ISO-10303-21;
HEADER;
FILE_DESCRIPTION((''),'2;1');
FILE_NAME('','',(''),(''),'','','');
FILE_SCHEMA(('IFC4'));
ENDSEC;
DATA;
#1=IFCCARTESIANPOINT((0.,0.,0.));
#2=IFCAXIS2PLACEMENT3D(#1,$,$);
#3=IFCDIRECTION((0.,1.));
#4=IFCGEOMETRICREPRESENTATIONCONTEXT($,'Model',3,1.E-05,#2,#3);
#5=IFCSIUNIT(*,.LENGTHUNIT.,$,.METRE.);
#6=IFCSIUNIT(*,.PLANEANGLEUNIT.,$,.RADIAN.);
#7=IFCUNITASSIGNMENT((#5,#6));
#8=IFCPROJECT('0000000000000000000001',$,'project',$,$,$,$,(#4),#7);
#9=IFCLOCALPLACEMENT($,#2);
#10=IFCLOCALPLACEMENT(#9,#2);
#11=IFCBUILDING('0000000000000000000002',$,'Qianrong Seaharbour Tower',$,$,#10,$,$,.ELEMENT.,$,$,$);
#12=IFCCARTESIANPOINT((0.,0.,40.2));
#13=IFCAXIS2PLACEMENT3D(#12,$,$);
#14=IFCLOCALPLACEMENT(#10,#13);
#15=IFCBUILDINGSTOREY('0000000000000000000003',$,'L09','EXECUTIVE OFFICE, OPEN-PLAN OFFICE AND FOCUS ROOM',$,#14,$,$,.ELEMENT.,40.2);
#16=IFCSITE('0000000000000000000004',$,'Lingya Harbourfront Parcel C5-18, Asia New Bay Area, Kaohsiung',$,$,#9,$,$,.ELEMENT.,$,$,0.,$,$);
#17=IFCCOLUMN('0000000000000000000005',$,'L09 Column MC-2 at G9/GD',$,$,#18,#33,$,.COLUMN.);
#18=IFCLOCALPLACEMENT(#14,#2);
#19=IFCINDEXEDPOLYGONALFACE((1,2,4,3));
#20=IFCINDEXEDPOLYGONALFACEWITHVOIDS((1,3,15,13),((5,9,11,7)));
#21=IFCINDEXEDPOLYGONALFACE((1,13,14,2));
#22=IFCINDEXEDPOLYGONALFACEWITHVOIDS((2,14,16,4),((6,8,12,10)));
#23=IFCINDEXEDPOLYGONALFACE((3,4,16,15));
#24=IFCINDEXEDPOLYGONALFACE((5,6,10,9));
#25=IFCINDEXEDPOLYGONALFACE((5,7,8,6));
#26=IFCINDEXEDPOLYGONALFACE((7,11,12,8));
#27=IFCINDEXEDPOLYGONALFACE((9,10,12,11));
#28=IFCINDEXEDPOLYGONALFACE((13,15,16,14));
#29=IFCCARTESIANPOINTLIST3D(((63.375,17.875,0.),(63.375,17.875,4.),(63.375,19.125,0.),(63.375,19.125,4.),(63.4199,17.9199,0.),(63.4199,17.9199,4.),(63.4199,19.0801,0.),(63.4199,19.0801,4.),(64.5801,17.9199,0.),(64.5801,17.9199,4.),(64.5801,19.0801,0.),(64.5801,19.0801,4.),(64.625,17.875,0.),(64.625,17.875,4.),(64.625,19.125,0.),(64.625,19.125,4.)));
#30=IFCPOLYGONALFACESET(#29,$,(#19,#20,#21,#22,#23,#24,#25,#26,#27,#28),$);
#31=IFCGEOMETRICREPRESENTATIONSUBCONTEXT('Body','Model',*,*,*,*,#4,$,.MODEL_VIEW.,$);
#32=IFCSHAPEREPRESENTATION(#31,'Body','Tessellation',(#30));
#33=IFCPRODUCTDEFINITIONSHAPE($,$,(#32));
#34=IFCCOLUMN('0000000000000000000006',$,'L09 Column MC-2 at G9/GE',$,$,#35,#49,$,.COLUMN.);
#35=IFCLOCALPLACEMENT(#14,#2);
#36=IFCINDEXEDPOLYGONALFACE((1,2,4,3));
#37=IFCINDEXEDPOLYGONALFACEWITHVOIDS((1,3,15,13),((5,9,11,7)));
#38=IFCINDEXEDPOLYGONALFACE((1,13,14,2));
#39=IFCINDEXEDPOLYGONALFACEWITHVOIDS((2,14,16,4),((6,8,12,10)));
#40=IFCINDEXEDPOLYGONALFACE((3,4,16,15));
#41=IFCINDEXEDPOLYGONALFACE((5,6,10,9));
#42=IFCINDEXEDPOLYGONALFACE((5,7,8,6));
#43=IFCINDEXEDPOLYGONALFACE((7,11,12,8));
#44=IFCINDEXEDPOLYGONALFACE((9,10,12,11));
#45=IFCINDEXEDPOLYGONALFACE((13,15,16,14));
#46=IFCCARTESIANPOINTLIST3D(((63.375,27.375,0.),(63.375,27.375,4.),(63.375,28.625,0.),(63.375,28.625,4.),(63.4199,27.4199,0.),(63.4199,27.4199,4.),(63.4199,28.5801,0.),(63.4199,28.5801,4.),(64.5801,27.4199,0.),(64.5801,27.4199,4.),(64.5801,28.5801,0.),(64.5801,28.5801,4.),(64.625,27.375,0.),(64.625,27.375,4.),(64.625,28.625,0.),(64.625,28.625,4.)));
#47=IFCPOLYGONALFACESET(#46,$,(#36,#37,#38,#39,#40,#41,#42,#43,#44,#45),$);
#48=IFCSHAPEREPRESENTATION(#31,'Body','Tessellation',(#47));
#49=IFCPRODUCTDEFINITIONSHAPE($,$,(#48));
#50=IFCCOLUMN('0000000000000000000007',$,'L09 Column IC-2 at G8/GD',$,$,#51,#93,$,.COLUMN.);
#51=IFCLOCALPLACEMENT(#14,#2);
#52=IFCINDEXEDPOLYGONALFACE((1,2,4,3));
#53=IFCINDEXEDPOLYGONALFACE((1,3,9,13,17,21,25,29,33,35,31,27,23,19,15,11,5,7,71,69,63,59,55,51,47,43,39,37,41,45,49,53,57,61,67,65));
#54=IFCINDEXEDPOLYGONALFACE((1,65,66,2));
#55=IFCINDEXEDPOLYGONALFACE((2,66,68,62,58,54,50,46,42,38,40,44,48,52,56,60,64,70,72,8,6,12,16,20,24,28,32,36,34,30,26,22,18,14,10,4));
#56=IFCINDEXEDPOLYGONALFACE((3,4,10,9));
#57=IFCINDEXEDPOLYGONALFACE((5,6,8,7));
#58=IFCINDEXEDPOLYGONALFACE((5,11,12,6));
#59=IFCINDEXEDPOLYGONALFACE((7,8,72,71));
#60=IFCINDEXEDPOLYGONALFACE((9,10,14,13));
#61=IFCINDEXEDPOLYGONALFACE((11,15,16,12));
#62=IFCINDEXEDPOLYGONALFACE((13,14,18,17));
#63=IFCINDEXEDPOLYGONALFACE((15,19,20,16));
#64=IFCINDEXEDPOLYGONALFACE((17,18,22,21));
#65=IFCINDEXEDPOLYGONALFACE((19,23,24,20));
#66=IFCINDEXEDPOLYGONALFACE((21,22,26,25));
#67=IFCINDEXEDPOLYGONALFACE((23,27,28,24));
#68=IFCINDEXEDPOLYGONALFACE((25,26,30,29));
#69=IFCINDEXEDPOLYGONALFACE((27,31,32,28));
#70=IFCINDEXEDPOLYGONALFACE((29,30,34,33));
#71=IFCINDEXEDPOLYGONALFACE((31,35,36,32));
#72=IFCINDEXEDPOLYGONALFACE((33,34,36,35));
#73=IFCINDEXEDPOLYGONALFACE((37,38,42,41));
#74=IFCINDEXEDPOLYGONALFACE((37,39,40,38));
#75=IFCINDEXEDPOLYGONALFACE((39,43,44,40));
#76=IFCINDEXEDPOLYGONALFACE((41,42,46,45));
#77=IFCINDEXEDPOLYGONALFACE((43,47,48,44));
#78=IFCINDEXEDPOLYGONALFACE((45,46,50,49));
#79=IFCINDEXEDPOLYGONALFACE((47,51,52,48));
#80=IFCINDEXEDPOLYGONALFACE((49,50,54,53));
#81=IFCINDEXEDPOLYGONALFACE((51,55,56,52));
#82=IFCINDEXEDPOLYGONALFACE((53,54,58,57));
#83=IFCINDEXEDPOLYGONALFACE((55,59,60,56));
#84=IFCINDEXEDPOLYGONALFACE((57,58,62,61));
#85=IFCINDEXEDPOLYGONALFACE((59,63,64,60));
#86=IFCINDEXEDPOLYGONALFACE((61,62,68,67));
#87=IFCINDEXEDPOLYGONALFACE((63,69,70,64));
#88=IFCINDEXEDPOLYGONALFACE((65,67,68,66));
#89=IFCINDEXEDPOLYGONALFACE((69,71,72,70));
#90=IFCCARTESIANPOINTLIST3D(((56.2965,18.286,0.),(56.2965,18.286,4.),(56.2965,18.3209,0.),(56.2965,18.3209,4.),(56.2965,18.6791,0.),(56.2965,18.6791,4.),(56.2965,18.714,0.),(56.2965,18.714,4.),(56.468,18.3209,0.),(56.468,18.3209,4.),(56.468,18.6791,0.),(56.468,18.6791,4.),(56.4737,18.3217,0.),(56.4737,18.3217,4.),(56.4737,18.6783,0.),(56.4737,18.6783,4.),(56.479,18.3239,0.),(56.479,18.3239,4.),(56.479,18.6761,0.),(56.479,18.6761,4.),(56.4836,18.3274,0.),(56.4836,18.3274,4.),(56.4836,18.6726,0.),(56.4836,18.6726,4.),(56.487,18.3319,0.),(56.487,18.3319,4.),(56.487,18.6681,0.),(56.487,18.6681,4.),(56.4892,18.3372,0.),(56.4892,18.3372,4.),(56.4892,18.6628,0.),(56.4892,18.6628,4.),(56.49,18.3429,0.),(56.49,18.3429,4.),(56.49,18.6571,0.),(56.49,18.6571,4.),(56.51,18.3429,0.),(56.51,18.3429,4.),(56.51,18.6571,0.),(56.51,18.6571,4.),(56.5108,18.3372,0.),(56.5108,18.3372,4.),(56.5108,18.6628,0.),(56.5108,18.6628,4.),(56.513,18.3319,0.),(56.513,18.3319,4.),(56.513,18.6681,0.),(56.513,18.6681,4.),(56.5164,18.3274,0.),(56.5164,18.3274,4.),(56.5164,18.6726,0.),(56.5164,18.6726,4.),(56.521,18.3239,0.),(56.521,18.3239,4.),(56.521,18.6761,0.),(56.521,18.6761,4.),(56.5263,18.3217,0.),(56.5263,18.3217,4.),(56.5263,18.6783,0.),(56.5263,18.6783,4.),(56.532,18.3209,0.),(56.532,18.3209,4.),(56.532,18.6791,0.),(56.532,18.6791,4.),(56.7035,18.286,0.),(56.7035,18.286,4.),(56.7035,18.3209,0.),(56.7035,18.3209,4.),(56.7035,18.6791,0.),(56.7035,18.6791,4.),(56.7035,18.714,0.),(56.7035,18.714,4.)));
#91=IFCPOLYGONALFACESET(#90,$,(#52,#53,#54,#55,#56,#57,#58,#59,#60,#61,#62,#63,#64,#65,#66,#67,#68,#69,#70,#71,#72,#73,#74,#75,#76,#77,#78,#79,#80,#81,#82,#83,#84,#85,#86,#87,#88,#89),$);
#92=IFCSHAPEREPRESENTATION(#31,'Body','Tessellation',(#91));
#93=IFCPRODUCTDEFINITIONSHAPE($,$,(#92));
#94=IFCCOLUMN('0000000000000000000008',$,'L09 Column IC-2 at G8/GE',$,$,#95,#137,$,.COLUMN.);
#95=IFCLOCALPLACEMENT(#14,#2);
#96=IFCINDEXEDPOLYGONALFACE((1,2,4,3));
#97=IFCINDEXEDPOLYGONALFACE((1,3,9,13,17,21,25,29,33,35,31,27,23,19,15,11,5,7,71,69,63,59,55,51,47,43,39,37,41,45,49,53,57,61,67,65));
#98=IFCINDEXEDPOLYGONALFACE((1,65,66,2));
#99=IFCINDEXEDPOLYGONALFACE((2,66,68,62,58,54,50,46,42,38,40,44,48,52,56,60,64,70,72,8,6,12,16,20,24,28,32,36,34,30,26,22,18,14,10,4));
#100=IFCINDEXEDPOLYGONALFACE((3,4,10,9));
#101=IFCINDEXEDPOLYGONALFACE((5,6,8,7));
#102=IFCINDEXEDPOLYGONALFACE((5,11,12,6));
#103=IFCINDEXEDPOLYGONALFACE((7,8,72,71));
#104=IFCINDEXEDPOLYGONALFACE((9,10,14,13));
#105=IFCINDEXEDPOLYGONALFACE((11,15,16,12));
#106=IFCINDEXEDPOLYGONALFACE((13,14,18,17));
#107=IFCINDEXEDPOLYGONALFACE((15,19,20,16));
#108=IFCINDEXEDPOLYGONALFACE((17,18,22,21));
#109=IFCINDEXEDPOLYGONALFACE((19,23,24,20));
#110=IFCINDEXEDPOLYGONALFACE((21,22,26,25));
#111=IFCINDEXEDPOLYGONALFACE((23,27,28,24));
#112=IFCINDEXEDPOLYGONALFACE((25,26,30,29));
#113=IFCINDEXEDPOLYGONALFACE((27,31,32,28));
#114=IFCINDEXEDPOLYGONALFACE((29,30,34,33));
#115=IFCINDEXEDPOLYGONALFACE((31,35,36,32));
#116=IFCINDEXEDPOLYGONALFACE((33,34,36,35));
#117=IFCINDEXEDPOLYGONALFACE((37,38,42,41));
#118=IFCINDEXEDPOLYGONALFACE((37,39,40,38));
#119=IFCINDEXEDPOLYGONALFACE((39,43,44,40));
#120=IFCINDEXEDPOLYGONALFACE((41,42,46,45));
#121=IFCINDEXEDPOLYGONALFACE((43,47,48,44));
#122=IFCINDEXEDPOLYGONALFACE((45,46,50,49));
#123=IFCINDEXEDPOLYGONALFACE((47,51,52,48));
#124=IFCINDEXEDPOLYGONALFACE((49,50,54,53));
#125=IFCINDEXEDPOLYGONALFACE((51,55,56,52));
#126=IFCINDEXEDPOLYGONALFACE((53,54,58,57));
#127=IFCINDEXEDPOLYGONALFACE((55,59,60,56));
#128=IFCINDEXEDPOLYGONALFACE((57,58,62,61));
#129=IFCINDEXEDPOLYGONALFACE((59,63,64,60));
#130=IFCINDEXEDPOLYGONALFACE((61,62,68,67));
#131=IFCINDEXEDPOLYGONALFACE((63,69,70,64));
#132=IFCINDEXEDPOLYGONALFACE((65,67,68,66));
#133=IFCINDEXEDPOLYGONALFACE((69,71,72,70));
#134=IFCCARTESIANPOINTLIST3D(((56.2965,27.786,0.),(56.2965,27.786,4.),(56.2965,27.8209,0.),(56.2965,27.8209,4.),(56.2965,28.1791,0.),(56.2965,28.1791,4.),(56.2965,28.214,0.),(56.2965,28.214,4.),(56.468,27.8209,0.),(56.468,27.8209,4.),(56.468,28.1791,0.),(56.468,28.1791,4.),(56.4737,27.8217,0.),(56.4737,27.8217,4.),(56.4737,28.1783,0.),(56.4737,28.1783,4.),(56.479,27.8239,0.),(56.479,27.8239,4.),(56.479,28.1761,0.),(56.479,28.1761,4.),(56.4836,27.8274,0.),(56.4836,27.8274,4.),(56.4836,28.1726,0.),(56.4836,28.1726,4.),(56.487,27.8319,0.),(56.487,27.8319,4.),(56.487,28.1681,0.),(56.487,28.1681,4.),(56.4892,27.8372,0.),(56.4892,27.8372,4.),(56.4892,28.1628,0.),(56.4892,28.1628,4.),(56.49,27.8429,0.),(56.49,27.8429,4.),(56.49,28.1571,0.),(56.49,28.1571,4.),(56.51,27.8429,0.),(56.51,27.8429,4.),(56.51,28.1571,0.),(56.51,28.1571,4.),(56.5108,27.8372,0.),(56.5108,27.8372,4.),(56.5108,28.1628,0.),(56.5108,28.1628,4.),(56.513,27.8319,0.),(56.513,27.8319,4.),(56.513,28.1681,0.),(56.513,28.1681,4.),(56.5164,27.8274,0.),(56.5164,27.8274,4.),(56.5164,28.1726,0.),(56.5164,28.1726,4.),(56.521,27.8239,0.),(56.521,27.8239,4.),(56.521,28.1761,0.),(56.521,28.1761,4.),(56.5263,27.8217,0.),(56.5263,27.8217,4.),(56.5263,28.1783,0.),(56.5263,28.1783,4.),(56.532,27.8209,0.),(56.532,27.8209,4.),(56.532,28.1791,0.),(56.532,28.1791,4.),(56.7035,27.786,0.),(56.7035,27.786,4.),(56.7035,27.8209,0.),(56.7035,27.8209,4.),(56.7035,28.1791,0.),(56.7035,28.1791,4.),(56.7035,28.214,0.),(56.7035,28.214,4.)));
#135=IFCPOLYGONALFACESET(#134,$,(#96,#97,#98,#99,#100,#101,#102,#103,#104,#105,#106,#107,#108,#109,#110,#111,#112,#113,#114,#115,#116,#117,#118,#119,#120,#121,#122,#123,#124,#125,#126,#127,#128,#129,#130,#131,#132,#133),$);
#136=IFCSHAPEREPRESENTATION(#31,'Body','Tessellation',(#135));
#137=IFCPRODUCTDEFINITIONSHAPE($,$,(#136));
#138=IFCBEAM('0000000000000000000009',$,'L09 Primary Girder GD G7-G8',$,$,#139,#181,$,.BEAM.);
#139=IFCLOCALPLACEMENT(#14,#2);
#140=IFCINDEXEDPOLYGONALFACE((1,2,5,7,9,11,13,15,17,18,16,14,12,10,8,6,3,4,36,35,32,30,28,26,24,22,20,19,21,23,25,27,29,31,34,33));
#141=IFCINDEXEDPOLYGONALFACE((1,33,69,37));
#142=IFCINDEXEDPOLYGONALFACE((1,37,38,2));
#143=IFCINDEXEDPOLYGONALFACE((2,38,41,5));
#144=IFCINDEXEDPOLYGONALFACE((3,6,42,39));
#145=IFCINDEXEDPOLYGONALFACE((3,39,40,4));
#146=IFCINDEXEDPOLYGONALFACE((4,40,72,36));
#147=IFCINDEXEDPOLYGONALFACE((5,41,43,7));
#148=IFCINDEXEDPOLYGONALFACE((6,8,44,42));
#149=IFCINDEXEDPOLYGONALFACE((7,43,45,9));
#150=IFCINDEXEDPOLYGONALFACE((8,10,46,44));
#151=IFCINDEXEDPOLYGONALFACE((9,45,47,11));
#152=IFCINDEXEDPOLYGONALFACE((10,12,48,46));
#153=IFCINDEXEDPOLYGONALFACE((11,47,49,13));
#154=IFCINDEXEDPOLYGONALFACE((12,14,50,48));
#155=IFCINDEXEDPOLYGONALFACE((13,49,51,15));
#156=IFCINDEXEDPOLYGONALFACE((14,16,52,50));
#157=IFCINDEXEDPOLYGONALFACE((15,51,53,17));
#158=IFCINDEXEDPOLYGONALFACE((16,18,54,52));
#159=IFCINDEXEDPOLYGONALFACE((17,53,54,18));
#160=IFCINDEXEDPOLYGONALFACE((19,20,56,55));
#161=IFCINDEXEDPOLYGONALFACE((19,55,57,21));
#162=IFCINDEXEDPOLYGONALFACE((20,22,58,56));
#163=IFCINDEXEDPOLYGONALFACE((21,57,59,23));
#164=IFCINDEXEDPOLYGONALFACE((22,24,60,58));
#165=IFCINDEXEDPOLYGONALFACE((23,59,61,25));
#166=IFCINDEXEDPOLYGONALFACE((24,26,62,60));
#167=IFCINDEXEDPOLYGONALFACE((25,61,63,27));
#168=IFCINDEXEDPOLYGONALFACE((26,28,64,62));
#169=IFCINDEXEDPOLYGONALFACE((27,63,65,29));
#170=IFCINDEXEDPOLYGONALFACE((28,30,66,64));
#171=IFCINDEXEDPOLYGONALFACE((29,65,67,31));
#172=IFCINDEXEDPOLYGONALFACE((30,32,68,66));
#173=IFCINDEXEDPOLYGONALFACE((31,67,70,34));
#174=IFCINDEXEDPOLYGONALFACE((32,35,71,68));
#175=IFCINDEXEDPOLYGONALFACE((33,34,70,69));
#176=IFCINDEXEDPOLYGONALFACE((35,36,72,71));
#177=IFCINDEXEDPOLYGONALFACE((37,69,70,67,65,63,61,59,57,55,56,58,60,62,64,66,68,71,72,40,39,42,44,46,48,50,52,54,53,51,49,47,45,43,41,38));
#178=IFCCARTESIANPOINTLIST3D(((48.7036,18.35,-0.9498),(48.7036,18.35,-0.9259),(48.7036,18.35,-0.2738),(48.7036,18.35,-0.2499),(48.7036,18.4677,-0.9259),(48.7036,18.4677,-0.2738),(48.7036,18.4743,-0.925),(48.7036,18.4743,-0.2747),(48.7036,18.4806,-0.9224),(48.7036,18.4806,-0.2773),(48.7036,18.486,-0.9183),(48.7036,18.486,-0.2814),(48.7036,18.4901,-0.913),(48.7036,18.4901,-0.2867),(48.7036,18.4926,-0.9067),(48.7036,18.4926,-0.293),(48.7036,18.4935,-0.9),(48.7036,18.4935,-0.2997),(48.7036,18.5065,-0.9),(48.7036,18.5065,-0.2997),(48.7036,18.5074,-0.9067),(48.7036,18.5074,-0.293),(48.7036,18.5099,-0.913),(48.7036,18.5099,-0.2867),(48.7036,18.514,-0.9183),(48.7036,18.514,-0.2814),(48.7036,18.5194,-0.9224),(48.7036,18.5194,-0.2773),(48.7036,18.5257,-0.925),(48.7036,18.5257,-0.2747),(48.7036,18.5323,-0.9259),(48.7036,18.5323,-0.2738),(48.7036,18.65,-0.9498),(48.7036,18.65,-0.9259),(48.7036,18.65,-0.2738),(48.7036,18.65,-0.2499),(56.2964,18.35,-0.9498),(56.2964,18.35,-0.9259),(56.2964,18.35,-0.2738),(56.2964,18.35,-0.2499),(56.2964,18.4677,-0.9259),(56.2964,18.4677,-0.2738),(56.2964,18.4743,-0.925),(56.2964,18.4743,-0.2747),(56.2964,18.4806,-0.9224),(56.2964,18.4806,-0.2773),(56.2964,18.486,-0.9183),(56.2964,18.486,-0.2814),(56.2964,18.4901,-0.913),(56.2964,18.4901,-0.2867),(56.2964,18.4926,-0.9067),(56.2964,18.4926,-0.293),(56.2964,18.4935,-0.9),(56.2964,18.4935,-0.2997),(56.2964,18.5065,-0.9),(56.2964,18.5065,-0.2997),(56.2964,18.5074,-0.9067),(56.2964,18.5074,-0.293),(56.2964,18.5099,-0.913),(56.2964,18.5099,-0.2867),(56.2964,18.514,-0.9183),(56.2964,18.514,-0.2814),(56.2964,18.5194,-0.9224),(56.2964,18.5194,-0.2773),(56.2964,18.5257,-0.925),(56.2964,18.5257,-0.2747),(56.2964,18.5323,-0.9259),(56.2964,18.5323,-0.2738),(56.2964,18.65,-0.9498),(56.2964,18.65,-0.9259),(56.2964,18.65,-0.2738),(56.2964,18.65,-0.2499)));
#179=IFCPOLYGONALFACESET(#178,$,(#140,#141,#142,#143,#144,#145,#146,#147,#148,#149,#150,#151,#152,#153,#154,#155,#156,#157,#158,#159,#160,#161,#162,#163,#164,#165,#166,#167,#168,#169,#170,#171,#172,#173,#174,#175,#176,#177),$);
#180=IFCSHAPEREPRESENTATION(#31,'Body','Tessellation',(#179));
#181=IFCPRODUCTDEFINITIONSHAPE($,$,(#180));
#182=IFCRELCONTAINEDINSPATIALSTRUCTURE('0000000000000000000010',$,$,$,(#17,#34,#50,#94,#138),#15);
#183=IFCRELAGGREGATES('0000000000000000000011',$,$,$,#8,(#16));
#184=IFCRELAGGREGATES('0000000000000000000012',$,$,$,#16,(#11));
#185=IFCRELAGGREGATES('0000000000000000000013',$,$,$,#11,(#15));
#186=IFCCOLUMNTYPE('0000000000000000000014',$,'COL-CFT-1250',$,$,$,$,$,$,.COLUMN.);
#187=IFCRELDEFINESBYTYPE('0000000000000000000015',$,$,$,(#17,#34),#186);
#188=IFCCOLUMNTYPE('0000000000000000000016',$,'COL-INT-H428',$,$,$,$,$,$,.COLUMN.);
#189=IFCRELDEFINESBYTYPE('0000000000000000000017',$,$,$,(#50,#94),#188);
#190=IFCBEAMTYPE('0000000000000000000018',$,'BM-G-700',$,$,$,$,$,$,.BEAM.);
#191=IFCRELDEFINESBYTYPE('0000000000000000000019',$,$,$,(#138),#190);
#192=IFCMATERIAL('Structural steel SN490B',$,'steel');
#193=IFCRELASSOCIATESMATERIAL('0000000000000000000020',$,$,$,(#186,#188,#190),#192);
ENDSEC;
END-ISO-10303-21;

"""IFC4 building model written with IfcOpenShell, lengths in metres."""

from ifc_helpers import new_model, si_unit, direction, frame, origin, origin_2d, place, context, subcontext, project, spatial, hollow_rectangle, i_section, extrude, material, material_profile, profile_set, type_object, element, save


model = new_model("IFC4")

# Units and contexts
model_context = context("Model", 3, precision=1e-05, world=origin(), true_north=direction((0.0, 1.0)))
body_context = subcontext(model_context, "Body", "Model", "MODEL_VIEW")
ifc_project = project(units=[si_unit("LENGTHUNIT", "METRE"), si_unit("PLANEANGLEUNIT", "RADIAN")], contexts=[model_context])

# Site, building, storey
site_placement = place(None, origin())
site = spatial("IfcSite", under=ifc_project, at=site_placement, Name="Lingya Harbourfront Parcel C5-18, Asia New Bay Area, Kaohsiung", CompositionType="ELEMENT", RefElevation=0.0)
building_placement = place(site_placement, origin())
building = spatial("IfcBuilding", under=site, at=building_placement, Name="Qianrong Seaharbour Tower", CompositionType="ELEMENT")
storey_placement = place(building_placement, frame((0.0, 0.0, 40.2)))
storey = spatial("IfcBuildingStorey", under=building, at=storey_placement, Name="L09", Description="EXECUTIVE OFFICE, OPEN-PLAN OFFICE AND FOCUS ROOM", CompositionType="ELEMENT", Elevation=40.2)

# Columns
ifc_material_1 = material(Name="Structural steel SN490B", Category="steel")
ifc_material_profile_1 = material_profile(ifc_material_1, hollow_rectangle(XDim=1.25, YDim=1.25, WallThickness=0.0449, at=origin_2d()), Name="BOX1250x1250x45")
ifc_profile_set_1 = profile_set([ifc_material_profile_1], Name="Structural steel SN490B")
column_type_1 = type_object("IfcColumnType", Name="COL-CFT-1250", PredefinedType="COLUMN", material=ifc_profile_set_1)
for number, where, z_axis, x_axis, name in (
    (1, (64.0, 18.5, 0.0), (0.0, 0.0, 1.0), (1.0, 0.0, 0.0), "L09 Column MC-2 at G9/GD"),
    (2, (64.0, 28.0, 0.0), (0.0, 0.0, 1.0), (1.0, 0.0, 0.0), "L09 Column MC-2 at G9/GE"),
):
    element("IfcColumn", number, at=place(storey_placement, frame(where, z_axis=z_axis, x_axis=x_axis)), inside=storey, type_object=column_type_1, Name=name, PredefinedType="COLUMN", context=body_context, shape_type="SweptSolid", body=[
        extrude(hollow_rectangle(XDim=1.25, YDim=1.25, WallThickness=0.0449, at=origin_2d()), origin(), (0.0, 0.0, 1.0), 4.0),
    ])
ifc_material_profile_2 = material_profile(ifc_material_1, i_section(OverallWidth=0.407, OverallDepth=0.428, WebThickness=0.02, FlangeThickness=0.0349, FilletRadius=0.022, at=origin_2d()), Name="H428x407x20x35")
ifc_profile_set_2 = profile_set([ifc_material_profile_2], Name="Structural steel SN490B")
column_type_2 = type_object("IfcColumnType", Name="COL-INT-H428", PredefinedType="COLUMN", material=ifc_profile_set_2)
for number, where, z_axis, x_axis, name in (
    (3, (56.5, 18.5, 0.0), (0.0, 0.0, 1.0), (1.0, 0.0, 0.0), "L09 Column IC-2 at G8/GD"),
    (4, (56.5, 28.0, 0.0), (0.0, 0.0, 1.0), (1.0, 0.0, 0.0), "L09 Column IC-2 at G8/GE"),
):
    element("IfcColumn", number, at=place(storey_placement, frame(where, z_axis=z_axis, x_axis=x_axis)), inside=storey, type_object=column_type_2, Name=name, PredefinedType="COLUMN", context=body_context, shape_type="SweptSolid", body=[
        extrude(i_section(OverallWidth=0.407, OverallDepth=0.428, WebThickness=0.02, FlangeThickness=0.0349, FilletRadius=0.022, at=origin_2d()), origin(), (0.0, 0.0, 1.0), 4.0),
    ])

# Beam
ifc_material_profile_3 = material_profile(ifc_material_1, i_section(OverallWidth=0.3, OverallDepth=0.7, WebThickness=0.0129, FlangeThickness=0.0239, FilletRadius=0.0259, at=origin_2d()), Name="H700x300x13x24")
ifc_profile_set_3 = profile_set([ifc_material_profile_3], Name="Structural steel SN490B")
beam_type_1 = type_object("IfcBeamType", Name="BM-G-700", PredefinedType="BEAM", material=ifc_profile_set_3)
beam_1_placement = place(storey_placement, frame((48.7036, 18.5, -0.5999), z_axis=(1.0, 0.0, 0.0), x_axis=(0.0, 1.0, 0.0)))
element("IfcBeam", 5, at=beam_1_placement, inside=storey, type_object=beam_type_1, Name="L09 Primary Girder GD G7-G8", PredefinedType="BEAM", context=body_context, shape_type="SweptSolid", body=[
    extrude(i_section(OverallWidth=0.3, OverallDepth=0.7, WebThickness=0.0129, FlangeThickness=0.0239, FilletRadius=0.0259, at=origin_2d()), origin(), (0.0, 0.0, 1.0), 7.5928),
])

save(model, "model.ifc")
